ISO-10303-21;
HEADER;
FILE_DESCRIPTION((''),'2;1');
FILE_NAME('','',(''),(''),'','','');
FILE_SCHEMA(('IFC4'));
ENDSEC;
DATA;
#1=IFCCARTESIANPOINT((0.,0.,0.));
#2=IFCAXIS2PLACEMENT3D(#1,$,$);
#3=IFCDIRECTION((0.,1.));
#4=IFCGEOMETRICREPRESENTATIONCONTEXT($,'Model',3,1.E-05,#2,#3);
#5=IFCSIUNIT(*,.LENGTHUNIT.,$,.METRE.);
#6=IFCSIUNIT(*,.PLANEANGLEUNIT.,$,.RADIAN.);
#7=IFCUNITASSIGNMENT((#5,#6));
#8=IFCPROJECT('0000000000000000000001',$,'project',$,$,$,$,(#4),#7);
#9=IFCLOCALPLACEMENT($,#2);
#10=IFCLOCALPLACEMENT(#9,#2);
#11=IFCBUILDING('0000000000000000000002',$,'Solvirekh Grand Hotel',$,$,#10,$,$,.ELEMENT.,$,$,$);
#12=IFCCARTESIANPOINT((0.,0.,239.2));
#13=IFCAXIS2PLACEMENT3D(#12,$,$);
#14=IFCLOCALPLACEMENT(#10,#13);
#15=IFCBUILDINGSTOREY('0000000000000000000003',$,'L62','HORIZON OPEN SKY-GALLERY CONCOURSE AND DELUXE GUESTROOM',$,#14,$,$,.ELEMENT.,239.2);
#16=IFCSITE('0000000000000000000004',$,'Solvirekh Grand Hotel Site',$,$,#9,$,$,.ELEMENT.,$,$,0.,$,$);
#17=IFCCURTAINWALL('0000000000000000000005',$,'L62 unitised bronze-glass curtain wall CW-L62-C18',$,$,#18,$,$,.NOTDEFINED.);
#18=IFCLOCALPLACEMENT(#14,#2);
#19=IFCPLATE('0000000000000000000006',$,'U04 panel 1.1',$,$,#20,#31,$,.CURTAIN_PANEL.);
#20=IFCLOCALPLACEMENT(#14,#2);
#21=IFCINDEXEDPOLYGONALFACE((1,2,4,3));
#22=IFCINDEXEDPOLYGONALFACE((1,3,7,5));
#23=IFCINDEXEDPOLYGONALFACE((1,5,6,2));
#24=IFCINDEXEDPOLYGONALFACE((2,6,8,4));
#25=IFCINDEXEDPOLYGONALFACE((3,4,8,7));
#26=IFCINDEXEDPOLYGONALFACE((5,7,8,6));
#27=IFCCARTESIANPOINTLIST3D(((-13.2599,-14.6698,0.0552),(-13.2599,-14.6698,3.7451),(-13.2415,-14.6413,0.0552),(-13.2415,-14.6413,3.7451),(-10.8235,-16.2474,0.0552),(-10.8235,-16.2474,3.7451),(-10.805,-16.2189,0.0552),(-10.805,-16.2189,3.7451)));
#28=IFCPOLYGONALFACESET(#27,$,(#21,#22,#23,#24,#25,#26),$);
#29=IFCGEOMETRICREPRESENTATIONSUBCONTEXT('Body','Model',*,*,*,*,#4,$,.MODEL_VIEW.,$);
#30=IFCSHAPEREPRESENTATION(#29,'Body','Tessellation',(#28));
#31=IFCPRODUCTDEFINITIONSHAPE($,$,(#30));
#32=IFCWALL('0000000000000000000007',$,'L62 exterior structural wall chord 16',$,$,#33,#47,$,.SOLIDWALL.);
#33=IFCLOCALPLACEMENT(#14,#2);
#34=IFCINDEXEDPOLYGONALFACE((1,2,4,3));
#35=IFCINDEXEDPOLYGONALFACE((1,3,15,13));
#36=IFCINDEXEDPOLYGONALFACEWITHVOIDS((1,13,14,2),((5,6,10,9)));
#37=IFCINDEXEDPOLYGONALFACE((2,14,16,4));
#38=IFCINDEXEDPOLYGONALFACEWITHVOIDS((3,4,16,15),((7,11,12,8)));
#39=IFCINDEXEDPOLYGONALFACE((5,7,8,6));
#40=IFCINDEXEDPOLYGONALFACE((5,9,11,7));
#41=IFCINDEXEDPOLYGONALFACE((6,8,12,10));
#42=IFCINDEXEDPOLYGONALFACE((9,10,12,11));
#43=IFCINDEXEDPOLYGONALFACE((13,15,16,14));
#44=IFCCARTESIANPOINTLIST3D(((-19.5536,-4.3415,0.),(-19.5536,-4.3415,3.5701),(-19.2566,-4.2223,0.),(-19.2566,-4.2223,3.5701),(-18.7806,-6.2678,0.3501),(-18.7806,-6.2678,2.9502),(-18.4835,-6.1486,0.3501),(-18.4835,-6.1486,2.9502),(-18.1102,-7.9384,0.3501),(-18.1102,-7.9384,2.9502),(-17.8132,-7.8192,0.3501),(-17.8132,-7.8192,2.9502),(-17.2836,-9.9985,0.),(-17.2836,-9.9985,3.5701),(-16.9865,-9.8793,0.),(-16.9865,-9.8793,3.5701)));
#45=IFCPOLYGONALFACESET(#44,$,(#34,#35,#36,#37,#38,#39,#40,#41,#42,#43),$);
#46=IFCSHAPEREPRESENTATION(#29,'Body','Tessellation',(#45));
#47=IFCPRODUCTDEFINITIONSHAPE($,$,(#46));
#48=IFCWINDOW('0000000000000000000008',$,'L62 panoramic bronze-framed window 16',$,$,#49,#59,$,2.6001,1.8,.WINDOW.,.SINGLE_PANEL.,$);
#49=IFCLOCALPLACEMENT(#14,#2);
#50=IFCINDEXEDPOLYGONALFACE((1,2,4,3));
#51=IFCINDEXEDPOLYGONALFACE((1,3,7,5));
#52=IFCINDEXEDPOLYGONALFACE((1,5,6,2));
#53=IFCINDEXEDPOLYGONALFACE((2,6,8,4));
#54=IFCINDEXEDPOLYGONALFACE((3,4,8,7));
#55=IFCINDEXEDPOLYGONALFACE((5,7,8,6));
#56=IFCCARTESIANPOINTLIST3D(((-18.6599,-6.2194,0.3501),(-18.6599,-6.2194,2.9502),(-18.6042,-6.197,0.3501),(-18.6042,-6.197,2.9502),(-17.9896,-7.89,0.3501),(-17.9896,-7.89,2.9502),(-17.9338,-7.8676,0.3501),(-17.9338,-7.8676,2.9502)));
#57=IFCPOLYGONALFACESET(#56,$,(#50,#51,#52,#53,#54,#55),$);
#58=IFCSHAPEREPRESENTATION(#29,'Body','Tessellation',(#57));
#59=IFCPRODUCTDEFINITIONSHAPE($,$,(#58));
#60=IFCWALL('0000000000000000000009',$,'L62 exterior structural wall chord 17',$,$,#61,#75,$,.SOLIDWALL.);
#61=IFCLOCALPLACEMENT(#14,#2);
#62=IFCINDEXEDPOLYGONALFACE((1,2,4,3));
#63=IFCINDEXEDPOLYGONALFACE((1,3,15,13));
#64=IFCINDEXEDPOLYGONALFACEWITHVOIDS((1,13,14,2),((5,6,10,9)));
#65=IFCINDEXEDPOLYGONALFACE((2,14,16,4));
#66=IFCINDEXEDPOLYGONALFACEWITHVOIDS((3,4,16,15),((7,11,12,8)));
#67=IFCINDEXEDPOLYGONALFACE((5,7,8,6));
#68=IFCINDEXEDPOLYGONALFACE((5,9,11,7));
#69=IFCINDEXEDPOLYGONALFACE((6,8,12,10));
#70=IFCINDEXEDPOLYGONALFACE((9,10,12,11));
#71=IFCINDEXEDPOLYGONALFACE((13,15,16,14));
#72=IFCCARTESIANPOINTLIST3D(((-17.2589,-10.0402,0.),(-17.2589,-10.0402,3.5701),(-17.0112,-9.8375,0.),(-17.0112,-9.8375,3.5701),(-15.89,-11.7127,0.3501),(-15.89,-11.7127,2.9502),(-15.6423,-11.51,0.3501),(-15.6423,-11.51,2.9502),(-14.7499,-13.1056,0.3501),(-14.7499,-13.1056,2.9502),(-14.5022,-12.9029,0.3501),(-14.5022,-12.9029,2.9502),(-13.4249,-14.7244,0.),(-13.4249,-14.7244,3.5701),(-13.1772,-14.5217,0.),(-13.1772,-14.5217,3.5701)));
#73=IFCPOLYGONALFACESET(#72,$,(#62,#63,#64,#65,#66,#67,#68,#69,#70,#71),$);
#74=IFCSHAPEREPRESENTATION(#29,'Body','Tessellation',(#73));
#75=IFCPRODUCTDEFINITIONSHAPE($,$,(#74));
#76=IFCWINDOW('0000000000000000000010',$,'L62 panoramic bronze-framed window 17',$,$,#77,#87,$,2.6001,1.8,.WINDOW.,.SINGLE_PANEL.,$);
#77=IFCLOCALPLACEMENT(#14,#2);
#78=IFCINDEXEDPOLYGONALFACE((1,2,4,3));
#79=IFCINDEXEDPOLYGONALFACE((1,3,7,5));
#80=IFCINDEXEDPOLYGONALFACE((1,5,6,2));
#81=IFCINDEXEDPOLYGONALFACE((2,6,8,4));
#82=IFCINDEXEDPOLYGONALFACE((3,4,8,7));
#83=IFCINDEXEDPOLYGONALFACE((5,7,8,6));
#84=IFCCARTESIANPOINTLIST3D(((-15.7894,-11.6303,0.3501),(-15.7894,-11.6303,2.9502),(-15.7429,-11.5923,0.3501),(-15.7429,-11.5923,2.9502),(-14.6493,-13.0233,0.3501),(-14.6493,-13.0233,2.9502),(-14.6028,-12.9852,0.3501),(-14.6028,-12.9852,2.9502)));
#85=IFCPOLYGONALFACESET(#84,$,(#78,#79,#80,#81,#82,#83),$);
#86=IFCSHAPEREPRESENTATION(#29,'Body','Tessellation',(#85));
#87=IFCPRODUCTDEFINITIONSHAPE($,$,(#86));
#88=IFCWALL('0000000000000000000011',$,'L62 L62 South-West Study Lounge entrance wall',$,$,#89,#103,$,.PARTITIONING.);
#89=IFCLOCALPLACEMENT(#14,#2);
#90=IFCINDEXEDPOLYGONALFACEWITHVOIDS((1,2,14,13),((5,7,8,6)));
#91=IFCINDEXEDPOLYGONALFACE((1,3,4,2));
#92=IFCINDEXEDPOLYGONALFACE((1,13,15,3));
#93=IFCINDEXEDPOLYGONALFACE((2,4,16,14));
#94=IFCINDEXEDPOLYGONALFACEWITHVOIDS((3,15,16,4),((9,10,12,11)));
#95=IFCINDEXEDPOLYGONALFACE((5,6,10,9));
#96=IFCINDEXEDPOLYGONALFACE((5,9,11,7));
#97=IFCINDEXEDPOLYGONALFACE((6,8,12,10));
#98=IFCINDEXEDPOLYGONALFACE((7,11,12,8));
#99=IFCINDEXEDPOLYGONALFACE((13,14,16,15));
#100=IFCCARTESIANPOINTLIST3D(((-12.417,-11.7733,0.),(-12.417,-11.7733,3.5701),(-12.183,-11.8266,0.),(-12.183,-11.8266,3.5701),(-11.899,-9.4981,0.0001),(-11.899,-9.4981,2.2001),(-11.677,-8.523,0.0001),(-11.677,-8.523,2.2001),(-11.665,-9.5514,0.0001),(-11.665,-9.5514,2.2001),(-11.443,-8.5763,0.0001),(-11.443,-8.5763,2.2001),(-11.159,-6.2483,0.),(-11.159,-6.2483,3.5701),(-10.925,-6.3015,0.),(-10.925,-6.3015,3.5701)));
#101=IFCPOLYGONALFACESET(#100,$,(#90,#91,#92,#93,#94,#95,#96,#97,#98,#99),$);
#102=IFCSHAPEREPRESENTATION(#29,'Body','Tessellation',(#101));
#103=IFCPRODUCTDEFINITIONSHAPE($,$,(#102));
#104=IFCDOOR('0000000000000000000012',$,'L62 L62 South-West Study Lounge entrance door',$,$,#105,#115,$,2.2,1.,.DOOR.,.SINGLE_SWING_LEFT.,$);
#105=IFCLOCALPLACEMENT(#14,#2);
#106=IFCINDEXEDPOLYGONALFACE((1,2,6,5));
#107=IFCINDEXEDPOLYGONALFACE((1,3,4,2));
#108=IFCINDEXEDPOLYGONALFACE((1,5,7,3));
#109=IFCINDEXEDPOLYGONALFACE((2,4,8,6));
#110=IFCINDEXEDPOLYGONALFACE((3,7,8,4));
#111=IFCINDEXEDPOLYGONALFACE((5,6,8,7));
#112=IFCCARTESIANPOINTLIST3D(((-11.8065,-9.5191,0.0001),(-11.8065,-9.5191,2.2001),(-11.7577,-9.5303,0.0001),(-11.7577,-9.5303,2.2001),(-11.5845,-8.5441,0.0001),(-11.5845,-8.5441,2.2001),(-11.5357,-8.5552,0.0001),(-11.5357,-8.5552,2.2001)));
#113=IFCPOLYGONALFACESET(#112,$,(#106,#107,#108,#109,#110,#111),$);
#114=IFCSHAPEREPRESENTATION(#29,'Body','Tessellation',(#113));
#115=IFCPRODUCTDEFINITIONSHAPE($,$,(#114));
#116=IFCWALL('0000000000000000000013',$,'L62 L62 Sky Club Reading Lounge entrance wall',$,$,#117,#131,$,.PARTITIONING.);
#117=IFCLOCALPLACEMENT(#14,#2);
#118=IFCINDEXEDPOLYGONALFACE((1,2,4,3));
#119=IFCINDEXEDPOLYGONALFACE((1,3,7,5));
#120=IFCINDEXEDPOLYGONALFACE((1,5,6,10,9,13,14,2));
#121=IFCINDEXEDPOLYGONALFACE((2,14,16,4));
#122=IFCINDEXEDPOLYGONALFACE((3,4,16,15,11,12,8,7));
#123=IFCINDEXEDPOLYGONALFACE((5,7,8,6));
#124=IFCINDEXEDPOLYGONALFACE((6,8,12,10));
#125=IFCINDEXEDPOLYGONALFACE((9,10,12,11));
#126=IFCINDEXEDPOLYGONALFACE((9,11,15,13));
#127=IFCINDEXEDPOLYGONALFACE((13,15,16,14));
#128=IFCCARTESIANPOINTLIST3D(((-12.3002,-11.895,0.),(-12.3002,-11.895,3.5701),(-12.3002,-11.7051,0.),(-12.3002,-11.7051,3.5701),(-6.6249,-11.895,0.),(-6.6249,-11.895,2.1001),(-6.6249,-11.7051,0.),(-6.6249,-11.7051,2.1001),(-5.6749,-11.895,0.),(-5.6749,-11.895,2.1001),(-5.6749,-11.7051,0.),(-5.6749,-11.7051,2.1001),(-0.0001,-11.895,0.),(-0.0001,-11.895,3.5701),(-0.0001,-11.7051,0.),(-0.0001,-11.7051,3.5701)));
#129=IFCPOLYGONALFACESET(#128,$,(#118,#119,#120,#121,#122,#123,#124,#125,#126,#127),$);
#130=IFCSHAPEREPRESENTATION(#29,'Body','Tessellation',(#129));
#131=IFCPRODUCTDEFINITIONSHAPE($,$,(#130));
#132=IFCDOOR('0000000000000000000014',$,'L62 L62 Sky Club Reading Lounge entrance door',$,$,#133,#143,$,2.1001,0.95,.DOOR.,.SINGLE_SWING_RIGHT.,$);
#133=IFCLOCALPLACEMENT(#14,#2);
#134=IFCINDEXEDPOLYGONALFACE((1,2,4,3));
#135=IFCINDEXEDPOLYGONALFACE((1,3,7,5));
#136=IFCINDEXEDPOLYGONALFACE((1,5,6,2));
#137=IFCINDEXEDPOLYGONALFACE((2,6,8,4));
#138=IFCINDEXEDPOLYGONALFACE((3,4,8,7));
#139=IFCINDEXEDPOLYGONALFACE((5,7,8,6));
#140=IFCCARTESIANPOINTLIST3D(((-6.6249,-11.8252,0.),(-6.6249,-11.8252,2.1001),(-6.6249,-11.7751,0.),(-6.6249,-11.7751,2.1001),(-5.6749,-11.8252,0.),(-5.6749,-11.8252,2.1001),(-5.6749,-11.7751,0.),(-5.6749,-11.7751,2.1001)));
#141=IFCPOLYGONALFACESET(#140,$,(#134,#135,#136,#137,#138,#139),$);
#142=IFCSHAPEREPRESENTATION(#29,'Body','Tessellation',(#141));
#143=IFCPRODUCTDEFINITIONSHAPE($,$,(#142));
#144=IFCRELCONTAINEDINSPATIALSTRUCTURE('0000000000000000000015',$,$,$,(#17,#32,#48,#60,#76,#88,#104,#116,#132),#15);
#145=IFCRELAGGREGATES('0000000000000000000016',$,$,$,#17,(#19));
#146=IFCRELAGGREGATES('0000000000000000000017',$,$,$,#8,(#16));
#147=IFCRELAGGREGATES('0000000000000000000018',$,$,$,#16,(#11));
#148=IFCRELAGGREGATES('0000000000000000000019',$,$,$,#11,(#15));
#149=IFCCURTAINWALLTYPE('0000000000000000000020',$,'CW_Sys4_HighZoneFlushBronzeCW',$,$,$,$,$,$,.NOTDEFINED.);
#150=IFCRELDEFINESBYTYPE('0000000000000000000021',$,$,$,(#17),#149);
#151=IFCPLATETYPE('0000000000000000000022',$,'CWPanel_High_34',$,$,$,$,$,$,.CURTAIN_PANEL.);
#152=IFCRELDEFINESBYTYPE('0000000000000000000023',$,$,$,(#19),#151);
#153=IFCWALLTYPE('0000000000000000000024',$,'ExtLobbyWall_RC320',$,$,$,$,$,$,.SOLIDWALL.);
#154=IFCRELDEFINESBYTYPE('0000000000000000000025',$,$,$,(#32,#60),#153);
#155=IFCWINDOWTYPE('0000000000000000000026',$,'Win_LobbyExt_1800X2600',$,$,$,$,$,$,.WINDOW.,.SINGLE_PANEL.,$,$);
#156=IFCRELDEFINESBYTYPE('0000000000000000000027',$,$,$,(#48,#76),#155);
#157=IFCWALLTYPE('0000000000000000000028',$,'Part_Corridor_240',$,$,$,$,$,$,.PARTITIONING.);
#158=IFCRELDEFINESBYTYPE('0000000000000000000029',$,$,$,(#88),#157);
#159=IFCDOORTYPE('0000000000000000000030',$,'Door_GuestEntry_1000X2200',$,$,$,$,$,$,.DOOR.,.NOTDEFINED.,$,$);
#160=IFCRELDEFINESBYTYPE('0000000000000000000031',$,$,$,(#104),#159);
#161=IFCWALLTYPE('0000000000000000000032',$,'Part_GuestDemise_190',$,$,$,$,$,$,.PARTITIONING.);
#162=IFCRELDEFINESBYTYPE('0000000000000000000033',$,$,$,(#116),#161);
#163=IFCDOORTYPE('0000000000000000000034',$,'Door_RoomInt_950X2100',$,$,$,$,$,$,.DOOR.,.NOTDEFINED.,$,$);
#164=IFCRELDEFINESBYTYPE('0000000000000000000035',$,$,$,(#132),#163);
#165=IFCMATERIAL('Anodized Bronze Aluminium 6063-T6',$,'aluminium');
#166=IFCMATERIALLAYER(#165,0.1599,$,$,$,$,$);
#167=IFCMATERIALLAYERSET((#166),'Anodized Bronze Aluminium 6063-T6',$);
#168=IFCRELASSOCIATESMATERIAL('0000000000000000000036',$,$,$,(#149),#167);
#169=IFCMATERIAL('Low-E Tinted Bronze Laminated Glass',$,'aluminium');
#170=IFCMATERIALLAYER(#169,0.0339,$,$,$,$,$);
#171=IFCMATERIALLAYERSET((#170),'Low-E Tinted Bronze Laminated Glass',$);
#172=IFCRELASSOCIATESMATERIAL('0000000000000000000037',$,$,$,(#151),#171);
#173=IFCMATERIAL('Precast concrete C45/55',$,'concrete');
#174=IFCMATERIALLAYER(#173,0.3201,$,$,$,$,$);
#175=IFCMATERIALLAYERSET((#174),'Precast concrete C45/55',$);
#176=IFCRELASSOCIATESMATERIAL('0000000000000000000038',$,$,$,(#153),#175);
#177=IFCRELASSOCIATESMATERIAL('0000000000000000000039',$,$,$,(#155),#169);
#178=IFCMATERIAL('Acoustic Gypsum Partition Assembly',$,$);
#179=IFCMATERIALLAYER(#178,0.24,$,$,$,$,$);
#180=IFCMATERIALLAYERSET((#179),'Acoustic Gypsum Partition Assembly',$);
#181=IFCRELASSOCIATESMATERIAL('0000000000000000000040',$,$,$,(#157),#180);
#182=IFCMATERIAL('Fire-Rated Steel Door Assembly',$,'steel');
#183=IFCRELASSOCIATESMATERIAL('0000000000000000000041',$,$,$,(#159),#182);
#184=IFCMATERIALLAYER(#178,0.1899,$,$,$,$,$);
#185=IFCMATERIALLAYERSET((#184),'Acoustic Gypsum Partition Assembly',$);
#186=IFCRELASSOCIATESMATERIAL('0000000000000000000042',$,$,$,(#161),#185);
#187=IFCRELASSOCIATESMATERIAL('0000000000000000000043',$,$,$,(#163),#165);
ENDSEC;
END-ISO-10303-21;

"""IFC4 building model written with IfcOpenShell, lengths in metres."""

from ifc_helpers import new_model, si_unit, direction, frame, frame_2d, origin, origin_2d, place, context, subcontext, project, spatial, rectangle, extrude, source, transform, mapped, material, layer, layer_set, type_object, element, fill, aggregate, save


model = new_model("IFC4")

# Units and contexts
model_context = context("Model", 3, precision=1e-05, world=origin(), true_north=direction((0.0, 1.0)))
body_context = subcontext(model_context, "Body", "Model", "MODEL_VIEW")
ifc_project = project(units=[si_unit("LENGTHUNIT", "METRE"), si_unit("PLANEANGLEUNIT", "RADIAN")], contexts=[model_context])

# Site, building, storey
site_placement = place(None, origin())
site = spatial("IfcSite", under=ifc_project, at=site_placement, Name="Solvirekh Grand Hotel Site", CompositionType="ELEMENT", RefElevation=0.0)
building_placement = place(site_placement, origin())
building = spatial("IfcBuilding", under=site, at=building_placement, Name="Solvirekh Grand Hotel", CompositionType="ELEMENT")
storey_placement = place(building_placement, frame((0.0, 0.0, 239.2)))
storey = spatial("IfcBuildingStorey", under=building, at=storey_placement, Name="L62", Description="HORIZON OPEN SKY-GALLERY CONCOURSE AND DELUXE GUESTROOM", CompositionType="ELEMENT", Elevation=239.2)

# Curtain wall, plate
ifc_material_1 = material(Name="Anodized Bronze Aluminium 6063-T6", Category="aluminium")
ifc_layer_1 = layer(ifc_material_1, 0.1599)
ifc_layer_set_1 = layer_set([ifc_layer_1], Name="Anodized Bronze Aluminium 6063-T6")
curtain_wall_type = type_object("IfcCurtainWallType", Name="CW_Sys4_HighZoneFlushBronzeCW", PredefinedType="NOTDEFINED", material=ifc_layer_set_1)
curtain_wall_placement = place(storey_placement, origin())
curtain_wall = element("IfcCurtainWall", 1, at=curtain_wall_placement, inside=storey, type_object=curtain_wall_type, Name="L62 unitised bronze-glass curtain wall CW-L62-C18", PredefinedType="NOTDEFINED")
ifc_material_2 = material(Name="Low-E Tinted Bronze Laminated Glass", Category="aluminium")
ifc_layer_2 = layer(ifc_material_2, 0.0339)
ifc_layer_set_2 = layer_set([ifc_layer_2], Name="Low-E Tinted Bronze Laminated Glass")
plate_type = type_object("IfcPlateType", Name="CWPanel_High_34", PredefinedType="CURTAIN_PANEL", material=ifc_layer_set_2)
shared_shape_1 = source(origin(), body_context, "Body", "SweptSolid", [
    extrude(rectangle(XDim=2.9026, YDim=0.0339, at=origin_2d()), origin(), (0.0, 0.0, 1.0), 3.6899),
])
plate_placement = place(storey_placement, frame((-12.0325, -15.4443, 0.0552), z_axis=(0.0, 0.0, 1.0), x_axis=(0.839404, -0.543508, 0.0)))
plate = element("IfcPlate", 2, at=plate_placement, type_object=plate_type, Name="U04 panel 1.1", PredefinedType="CURTAIN_PANEL", context=body_context, shape_type="MappedRepresentation", body=[
    mapped(shared_shape_1, transform((0.0, 0.0, 0.0), x_axis=(1.0, 0.0, 0.0), y_axis=(0.0, 1.0, 0.0), z_axis=(0.0, 0.0, 1.0), scale=1.0)),
])
aggregate(curtain_wall, [plate])

# Walls, openings, windows
ifc_material_3 = material(Name="Precast concrete C45/55", Category="concrete")
ifc_layer_3 = layer(ifc_material_3, 0.3201)
ifc_layer_set_3 = layer_set([ifc_layer_3], Name="Precast concrete C45/55")
wall_type_1 = type_object("IfcWallType", Name="ExtLobbyWall_RC320", PredefinedType="SOLIDWALL", material=ifc_layer_set_3)
wall_1_placement = place(storey_placement, frame((-17.135, -9.939, 0.0), z_axis=(0.0, 0.0, 1.0), x_axis=(-0.372412, 0.928067, 0.0)))
wall_1 = element("IfcWall", 3, at=wall_1_placement, inside=storey, type_object=wall_type_1, Name="L62 exterior structural wall chord 16", PredefinedType="SOLIDWALL", context=body_context, shape_type="SweptSolid", body=[
    extrude(rectangle(XDim=6.0955, YDim=0.3201, at=frame_2d((3.0479, 0.0))), origin(), (0.0, 0.0, 1.0), 3.5701),
])
opening_1_placement = place(wall_1_placement, frame((2.22, 0.0, 0.3501)))
opening_1 = element("IfcOpeningElement", 4, at=opening_1_placement, cuts=wall_1, PredefinedType="OPENING", context=body_context, shape_type="SweptSolid", body=[
    extrude(rectangle(XDim=1.8, YDim=2.6001, at=frame_2d((0.8999, 1.3))), frame((0.0, 0.1699, 0.0), z_axis=(0.0, -1.0, 0.0), x_axis=(1.0, 0.0, 0.0)), (0.0, 0.0, 1.0), 0.3401),
])
window_type = type_object("IfcWindowType", Name="Win_LobbyExt_1800X2600", PartitioningType="SINGLE_PANEL", PredefinedType="WINDOW", material=ifc_material_2)
window_1_placement = place(opening_1_placement, origin())
window_1 = element("IfcWindow", 5, at=window_1_placement, inside=storey, type_object=window_type, Name="L62 panoramic bronze-framed window 16", OverallHeight=2.6001, OverallWidth=1.8, PartitioningType="SINGLE_PANEL", PredefinedType="WINDOW", context=body_context, shape_type="SweptSolid", body=[
    extrude(rectangle(XDim=1.8, YDim=2.6001, at=frame_2d((0.8999, 1.3))), frame((0.0, 0.03, 0.0), z_axis=(0.0, -1.0, 0.0), x_axis=(1.0, 0.0, 0.0)), (0.0, 0.0, 1.0), 0.0601),
])
fill(opening_1, window_1)
wall_2_placement = place(storey_placement, frame((-13.301, -14.623, 0.0), z_axis=(0.0, 0.0, 1.0), x_axis=(-0.633392, 0.773831, 0.0)))
wall_2 = element("IfcWall", 6, at=wall_2_placement, inside=storey, type_object=wall_type_1, Name="L62 exterior structural wall chord 17", PredefinedType="SOLIDWALL", context=body_context, shape_type="SweptSolid", body=[
    extrude(rectangle(XDim=6.0532, YDim=0.3201, at=frame_2d((3.0266, 0.0))), origin(), (0.0, 0.0, 1.0), 3.5701),
])
opening_2_placement = place(wall_2_placement, frame((2.092, 0.0, 0.3501)))
opening_2 = element("IfcOpeningElement", 7, at=opening_2_placement, cuts=wall_2, PredefinedType="OPENING", context=body_context, shape_type="SweptSolid", body=[
    extrude(rectangle(XDim=1.8, YDim=2.6001, at=frame_2d((0.8999, 1.3))), frame((0.0, 0.1699, 0.0), z_axis=(0.0, -1.0, 0.0), x_axis=(1.0, 0.0, 0.0)), (0.0, 0.0, 1.0), 0.3401),
])
window_2_placement = place(opening_2_placement, origin())
window_2 = element("IfcWindow", 8, at=window_2_placement, inside=storey, type_object=window_type, Name="L62 panoramic bronze-framed window 17", OverallHeight=2.6001, OverallWidth=1.8, PartitioningType="SINGLE_PANEL", PredefinedType="WINDOW", context=body_context, shape_type="SweptSolid", body=[
    extrude(rectangle(XDim=1.8, YDim=2.6001, at=frame_2d((0.8999, 1.3))), frame((0.0, 0.03, 0.0), z_axis=(0.0, -1.0, 0.0), x_axis=(1.0, 0.0, 0.0)), (0.0, 0.0, 1.0), 0.0601),
])
fill(opening_2, window_2)

# Walls, openings, doors
ifc_material_4 = material(Name="Acoustic Gypsum Partition Assembly")
ifc_layer_4 = layer(ifc_material_4, 0.24)
ifc_layer_set_4 = layer_set([ifc_layer_4], Name="Acoustic Gypsum Partition Assembly")
wall_type_2 = type_object("IfcWallType", Name="Part_Corridor_240", PredefinedType="PARTITIONING", material=ifc_layer_set_4)
wall_3_placement = place(storey_placement, frame((-11.042, -6.2749, 0.0), z_axis=(0.0, 0.0, 1.0), x_axis=(-0.222014, -0.975043, 0.0)))
wall_3 = element("IfcWall", 9, at=wall_3_placement, inside=storey, type_object=wall_type_2, Name="L62 L62 South-West Study Lounge entrance wall", PredefinedType="PARTITIONING", context=body_context, shape_type="SweptSolid", body=[
    extrude(rectangle(XDim=5.6665, YDim=0.24, at=frame_2d((2.8333, 0.0))), origin(), (0.0, 0.0, 1.0), 3.5701),
])
opening_3_placement = place(wall_3_placement, frame((2.333, 0.0, 0.0)))
opening_3 = element("IfcOpeningElement", 10, at=opening_3_placement, cuts=wall_3, PredefinedType="OPENING", context=body_context, shape_type="SweptSolid", body=[
    extrude(rectangle(XDim=1.0, YDim=2.2, at=frame_2d((0.5, 1.1001))), frame((0.0, 0.1299, 0.0), z_axis=(0.0, -1.0, 0.0), x_axis=(1.0, 0.0, 0.0)), (0.0, 0.0, 1.0), 0.26),
])
ifc_material_5 = material(Name="Fire-Rated Steel Door Assembly", Category="steel")
door_type_1 = type_object("IfcDoorType", Name="Door_GuestEntry_1000X2200", OperationType="NOTDEFINED", PredefinedType="DOOR", material=ifc_material_5)
door_1_placement = place(opening_3_placement, origin())
door_1 = element("IfcDoor", 11, at=door_1_placement, inside=storey, type_object=door_type_1, Name="L62 L62 South-West Study Lounge entrance door", OperationType="SINGLE_SWING_LEFT", OverallHeight=2.2, OverallWidth=1.0, PredefinedType="DOOR", context=body_context, shape_type="SweptSolid", body=[
    extrude(rectangle(XDim=1.0, YDim=2.2, at=frame_2d((0.5, 1.1001))), frame((0.0, 0.0249, 0.0), z_axis=(0.0, -1.0, 0.0), x_axis=(1.0, 0.0, 0.0)), (0.0, 0.0, 1.0), 0.05),
])
fill(opening_3, door_1)
ifc_layer_5 = layer(ifc_material_4, 0.1899)
ifc_layer_set_5 = layer_set([ifc_layer_5], Name="Acoustic Gypsum Partition Assembly")
wall_type_3 = type_object("IfcWallType", Name="Part_GuestDemise_190", PredefinedType="PARTITIONING", material=ifc_layer_set_5)
wall_4_placement = place(storey_placement, frame((-12.3, -11.8, 0.0), z_axis=(0.0, 0.0, 1.0), x_axis=(1.0, 0.0, 0.0)))
wall_4 = element("IfcWall", 12, at=wall_4_placement, inside=storey, type_object=wall_type_3, Name="L62 L62 Sky Club Reading Lounge entrance wall", PredefinedType="PARTITIONING", context=body_context, shape_type="SweptSolid", body=[
    extrude(rectangle(XDim=12.3, YDim=0.1899, at=frame_2d((6.1499, 0.0))), origin(), (0.0, 0.0, 1.0), 3.5701),
])
opening_4_placement = place(wall_4_placement, frame((5.675, 0.0, 0.0)))
opening_4 = element("IfcOpeningElement", 13, at=opening_4_placement, cuts=wall_4, PredefinedType="OPENING", context=body_context, shape_type="SweptSolid", body=[
    extrude(rectangle(XDim=0.95, YDim=2.1001, at=frame_2d((0.4751, 1.05))), frame((0.0, 0.105, 0.0), z_axis=(0.0, -1.0, 0.0), x_axis=(1.0, 0.0, 0.0)), (0.0, 0.0, 1.0), 0.21),
])
door_type_2 = type_object("IfcDoorType", Name="Door_RoomInt_950X2100", OperationType="NOTDEFINED", PredefinedType="DOOR", material=ifc_material_1)
door_2_placement = place(opening_4_placement, origin())
door_2 = element("IfcDoor", 14, at=door_2_placement, inside=storey, type_object=door_type_2, Name="L62 L62 Sky Club Reading Lounge entrance door", OperationType="SINGLE_SWING_RIGHT", OverallHeight=2.1001, OverallWidth=0.95, PredefinedType="DOOR", context=body_context, shape_type="SweptSolid", body=[
    extrude(rectangle(XDim=0.95, YDim=2.1001, at=frame_2d((0.4751, 1.05))), frame((0.0, 0.0249, 0.0), z_axis=(0.0, -1.0, 0.0), x_axis=(1.0, 0.0, 0.0)), (0.0, 0.0, 1.0), 0.05),
])
fill(opening_4, door_2)

save(model, "model.ifc")
